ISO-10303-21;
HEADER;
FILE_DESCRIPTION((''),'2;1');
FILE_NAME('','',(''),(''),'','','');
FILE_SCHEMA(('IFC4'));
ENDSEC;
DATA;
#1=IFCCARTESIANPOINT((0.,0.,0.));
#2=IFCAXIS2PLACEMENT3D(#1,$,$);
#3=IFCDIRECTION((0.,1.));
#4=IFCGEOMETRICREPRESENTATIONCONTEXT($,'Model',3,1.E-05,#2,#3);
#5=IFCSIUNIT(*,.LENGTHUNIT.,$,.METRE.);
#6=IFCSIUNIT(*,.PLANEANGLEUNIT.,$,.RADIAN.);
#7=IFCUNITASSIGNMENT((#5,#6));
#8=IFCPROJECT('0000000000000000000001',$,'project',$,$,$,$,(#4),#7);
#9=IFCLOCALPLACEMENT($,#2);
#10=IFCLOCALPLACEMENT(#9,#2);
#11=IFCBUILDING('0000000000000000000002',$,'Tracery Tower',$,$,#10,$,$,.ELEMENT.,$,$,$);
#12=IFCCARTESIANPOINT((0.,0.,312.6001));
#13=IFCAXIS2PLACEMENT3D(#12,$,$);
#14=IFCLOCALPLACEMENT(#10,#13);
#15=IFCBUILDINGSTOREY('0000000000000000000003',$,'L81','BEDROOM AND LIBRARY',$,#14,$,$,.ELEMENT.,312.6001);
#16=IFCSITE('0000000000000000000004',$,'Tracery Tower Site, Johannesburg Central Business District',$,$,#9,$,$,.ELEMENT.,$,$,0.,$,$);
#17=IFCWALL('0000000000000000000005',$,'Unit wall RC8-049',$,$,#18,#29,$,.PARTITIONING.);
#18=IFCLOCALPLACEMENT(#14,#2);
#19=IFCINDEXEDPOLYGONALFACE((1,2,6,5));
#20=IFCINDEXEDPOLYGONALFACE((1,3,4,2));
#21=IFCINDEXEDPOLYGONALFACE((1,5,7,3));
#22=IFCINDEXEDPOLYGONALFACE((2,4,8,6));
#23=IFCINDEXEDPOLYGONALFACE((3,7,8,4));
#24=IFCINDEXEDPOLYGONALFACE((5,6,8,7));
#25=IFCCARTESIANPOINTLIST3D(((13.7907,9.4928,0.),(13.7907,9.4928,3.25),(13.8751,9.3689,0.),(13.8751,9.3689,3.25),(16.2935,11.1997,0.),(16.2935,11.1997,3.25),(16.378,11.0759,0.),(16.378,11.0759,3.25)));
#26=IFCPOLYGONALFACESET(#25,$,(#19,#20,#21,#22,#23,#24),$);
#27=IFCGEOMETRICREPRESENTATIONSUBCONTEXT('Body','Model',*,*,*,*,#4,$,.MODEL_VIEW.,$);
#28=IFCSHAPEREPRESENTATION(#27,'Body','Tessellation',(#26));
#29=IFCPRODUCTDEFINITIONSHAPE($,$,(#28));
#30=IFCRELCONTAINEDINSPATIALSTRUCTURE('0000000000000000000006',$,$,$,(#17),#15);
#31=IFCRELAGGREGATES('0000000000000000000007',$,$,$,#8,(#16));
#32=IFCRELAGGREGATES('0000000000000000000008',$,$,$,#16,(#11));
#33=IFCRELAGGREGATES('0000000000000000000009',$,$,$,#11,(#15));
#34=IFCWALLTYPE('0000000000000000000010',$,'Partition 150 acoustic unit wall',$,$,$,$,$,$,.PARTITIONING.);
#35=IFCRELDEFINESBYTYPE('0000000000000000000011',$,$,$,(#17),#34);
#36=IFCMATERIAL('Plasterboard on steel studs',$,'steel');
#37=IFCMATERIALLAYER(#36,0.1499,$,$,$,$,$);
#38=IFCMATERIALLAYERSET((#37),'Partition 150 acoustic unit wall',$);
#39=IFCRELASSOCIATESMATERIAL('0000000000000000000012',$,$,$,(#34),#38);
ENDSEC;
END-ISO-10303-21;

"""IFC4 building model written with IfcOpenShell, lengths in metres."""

from ifc_helpers import new_model, si_unit, direction, frame, frame_2d, origin, place, context, subcontext, project, spatial, rectangle, extrude, material, layer, layer_set, type_object, element, save


model = new_model("IFC4")

# Units and contexts
model_context = context("Model", 3, precision=1e-05, world=origin(), true_north=direction((0.0, 1.0)))
body_context = subcontext(model_context, "Body", "Model", "MODEL_VIEW")
ifc_project = project(units=[si_unit("LENGTHUNIT", "METRE"), si_unit("PLANEANGLEUNIT", "RADIAN")], contexts=[model_context])

# Site, building, storey
site_placement = place(None, origin())
site = spatial("IfcSite", under=ifc_project, at=site_placement, Name="Tracery Tower Site, Johannesburg Central Business District", CompositionType="ELEMENT", RefElevation=0.0)
building_placement = place(site_placement, origin())
building = spatial("IfcBuilding", under=site, at=building_placement, Name="Tracery Tower", CompositionType="ELEMENT")
storey_placement = place(building_placement, frame((0.0, 0.0, 312.6001)))
storey = spatial("IfcBuildingStorey", under=building, at=storey_placement, Name="L81", Description="BEDROOM AND LIBRARY", CompositionType="ELEMENT", Elevation=312.6001)

# Wall
ifc_material_1 = material(Name="Plasterboard on steel studs", Category="steel")
ifc_layer_1 = layer(ifc_material_1, 0.1499)
ifc_layer_set_1 = layer_set([ifc_layer_1], Name="Partition 150 acoustic unit wall")
wall_type_1 = type_object("IfcWallType", Name="Partition 150 acoustic unit wall", PredefinedType="PARTITIONING", material=ifc_layer_set_1)
wall_1_placement = place(storey_placement, frame((13.833, 9.4309, 0.0), z_axis=(0.0, 0.0, 1.0), x_axis=(0.826152, 0.563447, 0.0)))
element("IfcWall", 1, at=wall_1_placement, inside=storey, type_object=wall_type_1, Name="Unit wall RC8-049", PredefinedType="PARTITIONING", context=body_context, shape_type="SweptSolid", body=[
    extrude(rectangle(XDim=3.0295, YDim=0.1499, at=frame_2d((1.5146, 0.0))), origin(), (0.0, 0.0, 1.0), 3.25),
])

save(model, "model.ifc")
